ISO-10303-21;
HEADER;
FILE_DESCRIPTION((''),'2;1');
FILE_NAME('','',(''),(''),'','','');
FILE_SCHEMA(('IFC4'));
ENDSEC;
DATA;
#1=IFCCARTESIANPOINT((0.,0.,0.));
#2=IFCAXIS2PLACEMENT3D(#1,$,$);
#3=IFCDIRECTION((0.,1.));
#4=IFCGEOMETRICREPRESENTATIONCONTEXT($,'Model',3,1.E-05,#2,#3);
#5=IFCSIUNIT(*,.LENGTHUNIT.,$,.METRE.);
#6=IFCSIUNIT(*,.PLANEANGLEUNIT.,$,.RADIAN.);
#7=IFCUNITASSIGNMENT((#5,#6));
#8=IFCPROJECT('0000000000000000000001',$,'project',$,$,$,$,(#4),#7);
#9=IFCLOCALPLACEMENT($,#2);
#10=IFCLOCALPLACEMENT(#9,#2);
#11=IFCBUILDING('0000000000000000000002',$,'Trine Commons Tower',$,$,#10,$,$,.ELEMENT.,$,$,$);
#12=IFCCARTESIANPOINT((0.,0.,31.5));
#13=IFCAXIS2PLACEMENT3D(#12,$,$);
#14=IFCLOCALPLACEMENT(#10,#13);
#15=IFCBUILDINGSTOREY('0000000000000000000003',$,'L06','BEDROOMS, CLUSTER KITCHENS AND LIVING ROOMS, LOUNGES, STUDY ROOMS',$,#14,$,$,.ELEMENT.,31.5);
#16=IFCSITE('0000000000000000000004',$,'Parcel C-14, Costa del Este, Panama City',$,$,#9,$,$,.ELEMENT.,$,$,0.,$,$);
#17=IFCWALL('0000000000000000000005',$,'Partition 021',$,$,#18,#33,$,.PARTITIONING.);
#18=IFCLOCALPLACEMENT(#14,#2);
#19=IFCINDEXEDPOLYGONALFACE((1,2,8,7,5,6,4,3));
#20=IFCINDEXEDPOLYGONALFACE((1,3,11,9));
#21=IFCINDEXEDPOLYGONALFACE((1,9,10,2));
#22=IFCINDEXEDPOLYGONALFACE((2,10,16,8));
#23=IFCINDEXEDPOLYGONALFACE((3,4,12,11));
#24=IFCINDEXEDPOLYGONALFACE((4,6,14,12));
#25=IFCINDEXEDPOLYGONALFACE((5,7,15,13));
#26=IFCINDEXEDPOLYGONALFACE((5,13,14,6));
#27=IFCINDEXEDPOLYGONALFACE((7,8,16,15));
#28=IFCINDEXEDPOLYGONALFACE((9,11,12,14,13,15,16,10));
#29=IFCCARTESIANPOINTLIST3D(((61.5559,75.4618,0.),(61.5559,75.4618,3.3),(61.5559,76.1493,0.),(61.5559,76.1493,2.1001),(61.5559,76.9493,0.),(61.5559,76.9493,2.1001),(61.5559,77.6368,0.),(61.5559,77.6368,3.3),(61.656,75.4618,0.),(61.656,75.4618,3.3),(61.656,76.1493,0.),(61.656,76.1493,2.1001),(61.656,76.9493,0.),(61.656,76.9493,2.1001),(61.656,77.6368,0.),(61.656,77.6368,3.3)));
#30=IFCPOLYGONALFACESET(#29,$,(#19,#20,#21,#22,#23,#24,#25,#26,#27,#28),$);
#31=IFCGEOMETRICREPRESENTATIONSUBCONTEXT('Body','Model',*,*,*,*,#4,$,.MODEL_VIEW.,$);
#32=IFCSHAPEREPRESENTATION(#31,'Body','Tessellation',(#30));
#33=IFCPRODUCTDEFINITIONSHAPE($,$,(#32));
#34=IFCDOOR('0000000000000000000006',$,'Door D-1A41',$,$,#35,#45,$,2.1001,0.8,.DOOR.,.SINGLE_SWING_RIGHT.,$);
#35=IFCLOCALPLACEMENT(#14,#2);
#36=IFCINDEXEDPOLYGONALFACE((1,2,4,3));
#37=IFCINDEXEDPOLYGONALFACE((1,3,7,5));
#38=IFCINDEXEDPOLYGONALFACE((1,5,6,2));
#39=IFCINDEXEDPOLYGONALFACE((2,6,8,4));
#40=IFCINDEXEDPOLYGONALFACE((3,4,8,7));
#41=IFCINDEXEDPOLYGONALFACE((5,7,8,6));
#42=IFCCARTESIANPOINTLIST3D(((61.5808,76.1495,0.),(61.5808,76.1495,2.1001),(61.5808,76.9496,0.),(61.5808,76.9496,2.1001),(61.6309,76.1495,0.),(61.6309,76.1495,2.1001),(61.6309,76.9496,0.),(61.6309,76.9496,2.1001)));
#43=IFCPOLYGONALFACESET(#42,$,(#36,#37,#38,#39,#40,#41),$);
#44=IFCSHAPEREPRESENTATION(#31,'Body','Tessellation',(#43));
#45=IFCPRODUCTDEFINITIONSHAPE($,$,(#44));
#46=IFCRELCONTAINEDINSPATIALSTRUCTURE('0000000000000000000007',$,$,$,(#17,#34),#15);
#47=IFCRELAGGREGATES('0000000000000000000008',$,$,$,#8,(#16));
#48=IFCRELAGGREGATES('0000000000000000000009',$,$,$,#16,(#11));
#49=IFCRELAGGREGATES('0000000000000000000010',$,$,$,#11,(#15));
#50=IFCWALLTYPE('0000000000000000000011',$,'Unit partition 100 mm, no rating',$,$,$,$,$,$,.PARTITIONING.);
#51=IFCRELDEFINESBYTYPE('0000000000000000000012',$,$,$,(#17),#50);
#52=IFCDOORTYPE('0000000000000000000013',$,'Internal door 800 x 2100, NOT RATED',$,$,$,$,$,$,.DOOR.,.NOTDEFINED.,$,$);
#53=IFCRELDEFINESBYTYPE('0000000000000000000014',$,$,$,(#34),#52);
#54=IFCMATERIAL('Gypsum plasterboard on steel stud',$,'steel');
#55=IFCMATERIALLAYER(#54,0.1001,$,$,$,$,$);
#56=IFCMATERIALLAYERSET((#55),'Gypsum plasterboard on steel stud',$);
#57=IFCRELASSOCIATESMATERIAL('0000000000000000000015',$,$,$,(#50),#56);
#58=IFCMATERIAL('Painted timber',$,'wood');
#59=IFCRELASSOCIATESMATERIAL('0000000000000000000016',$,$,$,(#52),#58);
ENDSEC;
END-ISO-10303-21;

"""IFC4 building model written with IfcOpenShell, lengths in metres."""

from ifc_helpers import new_model, si_unit, direction, frame, frame_2d, origin, place, context, subcontext, project, spatial, rectangle, extrude, material, layer, layer_set, type_object, element, fill, save


model = new_model("IFC4")

# Units and contexts
model_context = context("Model", 3, precision=1e-05, world=origin(), true_north=direction((0.0, 1.0)))
body_context = subcontext(model_context, "Body", "Model", "MODEL_VIEW")
ifc_project = project(units=[si_unit("LENGTHUNIT", "METRE"), si_unit("PLANEANGLEUNIT", "RADIAN")], contexts=[model_context])

# Site, building, storey
site_placement = place(None, origin())
site = spatial("IfcSite", under=ifc_project, at=site_placement, Name="Parcel C-14, Costa del Este, Panama City", CompositionType="ELEMENT", RefElevation=0.0)
building_placement = place(site_placement, origin())
building = spatial("IfcBuilding", under=site, at=building_placement, Name="Trine Commons Tower", CompositionType="ELEMENT")
storey_placement = place(building_placement, frame((0.0, 0.0, 31.5)))
storey = spatial("IfcBuildingStorey", under=building, at=storey_placement, Name="L06", Description="BEDROOMS, CLUSTER KITCHENS AND LIVING ROOMS, LOUNGES, STUDY ROOMS", CompositionType="ELEMENT", Elevation=31.5)

# Shared definitions
ifc_material_1 = material(Name="Gypsum plasterboard on steel stud", Category="steel")

# Shared definitions
ifc_material_2 = material(Name="Painted timber", Category="wood")

# Shared definitions
ifc_layer_1 = layer(ifc_material_1, 0.1001)
ifc_layer_set_1 = layer_set([ifc_layer_1], Name="Gypsum plasterboard on steel stud")
wall_type_1 = type_object("IfcWallType", Name="Unit partition 100 mm, no rating", PredefinedType="PARTITIONING", material=ifc_layer_set_1)

# Wall, opening, door
wall_1_placement = place(storey_placement, frame((61.606, 75.4619, 0.0), z_axis=(0.0, 0.0, 1.0), x_axis=(0.0, 1.0, 0.0)))
wall_1 = element("IfcWall", 1, at=wall_1_placement, inside=storey, type_object=wall_type_1, Name="Partition 021", PredefinedType="PARTITIONING", context=body_context, shape_type="SweptSolid", body=[
    extrude(rectangle(XDim=2.175, YDim=0.1001, at=frame_2d((1.0874, 0.0))), origin(), (0.0, 0.0, 1.0), 3.3),
])
opening_1_placement = place(wall_1_placement, frame((0.6875, 0.0, 0.0)))
opening_1 = element("IfcOpeningElement", 2, at=opening_1_placement, cuts=wall_1, PredefinedType="OPENING", context=body_context, shape_type="SweptSolid", body=[
    extrude(rectangle(XDim=0.8, YDim=2.1001, at=frame_2d((0.3999, 1.05))), frame((0.0, 0.0601, 0.0), z_axis=(0.0, -1.0, 0.0), x_axis=(1.0, 0.0, 0.0)), (0.0, 0.0, 1.0), 0.1201),
])
door_type_1 = type_object("IfcDoorType", Name="Internal door 800 x 2100, NOT RATED", OperationType="NOTDEFINED", PredefinedType="DOOR", material=ifc_material_2)
door_1_placement = place(opening_1_placement, frame((0.8, 0.0, 0.0), z_axis=(0.0, 0.0, 1.0), x_axis=(-1.0, 0.0, 0.0)))
door_1 = element("IfcDoor", 3, at=door_1_placement, inside=storey, type_object=door_type_1, Name="Door D-1A41", OperationType="SINGLE_SWING_RIGHT", OverallHeight=2.1001, OverallWidth=0.8, PredefinedType="DOOR", context=body_context, shape_type="SweptSolid", body=[
    extrude(rectangle(XDim=0.8, YDim=2.1001, at=frame_2d((0.3999, 1.05))), frame((0.0, 0.0249, 0.0), z_axis=(0.0, -1.0, 0.0), x_axis=(1.0, 0.0, 0.0)), (0.0, 0.0, 1.0), 0.05),
])
fill(opening_1, door_1)

save(model, "model.ifc")
